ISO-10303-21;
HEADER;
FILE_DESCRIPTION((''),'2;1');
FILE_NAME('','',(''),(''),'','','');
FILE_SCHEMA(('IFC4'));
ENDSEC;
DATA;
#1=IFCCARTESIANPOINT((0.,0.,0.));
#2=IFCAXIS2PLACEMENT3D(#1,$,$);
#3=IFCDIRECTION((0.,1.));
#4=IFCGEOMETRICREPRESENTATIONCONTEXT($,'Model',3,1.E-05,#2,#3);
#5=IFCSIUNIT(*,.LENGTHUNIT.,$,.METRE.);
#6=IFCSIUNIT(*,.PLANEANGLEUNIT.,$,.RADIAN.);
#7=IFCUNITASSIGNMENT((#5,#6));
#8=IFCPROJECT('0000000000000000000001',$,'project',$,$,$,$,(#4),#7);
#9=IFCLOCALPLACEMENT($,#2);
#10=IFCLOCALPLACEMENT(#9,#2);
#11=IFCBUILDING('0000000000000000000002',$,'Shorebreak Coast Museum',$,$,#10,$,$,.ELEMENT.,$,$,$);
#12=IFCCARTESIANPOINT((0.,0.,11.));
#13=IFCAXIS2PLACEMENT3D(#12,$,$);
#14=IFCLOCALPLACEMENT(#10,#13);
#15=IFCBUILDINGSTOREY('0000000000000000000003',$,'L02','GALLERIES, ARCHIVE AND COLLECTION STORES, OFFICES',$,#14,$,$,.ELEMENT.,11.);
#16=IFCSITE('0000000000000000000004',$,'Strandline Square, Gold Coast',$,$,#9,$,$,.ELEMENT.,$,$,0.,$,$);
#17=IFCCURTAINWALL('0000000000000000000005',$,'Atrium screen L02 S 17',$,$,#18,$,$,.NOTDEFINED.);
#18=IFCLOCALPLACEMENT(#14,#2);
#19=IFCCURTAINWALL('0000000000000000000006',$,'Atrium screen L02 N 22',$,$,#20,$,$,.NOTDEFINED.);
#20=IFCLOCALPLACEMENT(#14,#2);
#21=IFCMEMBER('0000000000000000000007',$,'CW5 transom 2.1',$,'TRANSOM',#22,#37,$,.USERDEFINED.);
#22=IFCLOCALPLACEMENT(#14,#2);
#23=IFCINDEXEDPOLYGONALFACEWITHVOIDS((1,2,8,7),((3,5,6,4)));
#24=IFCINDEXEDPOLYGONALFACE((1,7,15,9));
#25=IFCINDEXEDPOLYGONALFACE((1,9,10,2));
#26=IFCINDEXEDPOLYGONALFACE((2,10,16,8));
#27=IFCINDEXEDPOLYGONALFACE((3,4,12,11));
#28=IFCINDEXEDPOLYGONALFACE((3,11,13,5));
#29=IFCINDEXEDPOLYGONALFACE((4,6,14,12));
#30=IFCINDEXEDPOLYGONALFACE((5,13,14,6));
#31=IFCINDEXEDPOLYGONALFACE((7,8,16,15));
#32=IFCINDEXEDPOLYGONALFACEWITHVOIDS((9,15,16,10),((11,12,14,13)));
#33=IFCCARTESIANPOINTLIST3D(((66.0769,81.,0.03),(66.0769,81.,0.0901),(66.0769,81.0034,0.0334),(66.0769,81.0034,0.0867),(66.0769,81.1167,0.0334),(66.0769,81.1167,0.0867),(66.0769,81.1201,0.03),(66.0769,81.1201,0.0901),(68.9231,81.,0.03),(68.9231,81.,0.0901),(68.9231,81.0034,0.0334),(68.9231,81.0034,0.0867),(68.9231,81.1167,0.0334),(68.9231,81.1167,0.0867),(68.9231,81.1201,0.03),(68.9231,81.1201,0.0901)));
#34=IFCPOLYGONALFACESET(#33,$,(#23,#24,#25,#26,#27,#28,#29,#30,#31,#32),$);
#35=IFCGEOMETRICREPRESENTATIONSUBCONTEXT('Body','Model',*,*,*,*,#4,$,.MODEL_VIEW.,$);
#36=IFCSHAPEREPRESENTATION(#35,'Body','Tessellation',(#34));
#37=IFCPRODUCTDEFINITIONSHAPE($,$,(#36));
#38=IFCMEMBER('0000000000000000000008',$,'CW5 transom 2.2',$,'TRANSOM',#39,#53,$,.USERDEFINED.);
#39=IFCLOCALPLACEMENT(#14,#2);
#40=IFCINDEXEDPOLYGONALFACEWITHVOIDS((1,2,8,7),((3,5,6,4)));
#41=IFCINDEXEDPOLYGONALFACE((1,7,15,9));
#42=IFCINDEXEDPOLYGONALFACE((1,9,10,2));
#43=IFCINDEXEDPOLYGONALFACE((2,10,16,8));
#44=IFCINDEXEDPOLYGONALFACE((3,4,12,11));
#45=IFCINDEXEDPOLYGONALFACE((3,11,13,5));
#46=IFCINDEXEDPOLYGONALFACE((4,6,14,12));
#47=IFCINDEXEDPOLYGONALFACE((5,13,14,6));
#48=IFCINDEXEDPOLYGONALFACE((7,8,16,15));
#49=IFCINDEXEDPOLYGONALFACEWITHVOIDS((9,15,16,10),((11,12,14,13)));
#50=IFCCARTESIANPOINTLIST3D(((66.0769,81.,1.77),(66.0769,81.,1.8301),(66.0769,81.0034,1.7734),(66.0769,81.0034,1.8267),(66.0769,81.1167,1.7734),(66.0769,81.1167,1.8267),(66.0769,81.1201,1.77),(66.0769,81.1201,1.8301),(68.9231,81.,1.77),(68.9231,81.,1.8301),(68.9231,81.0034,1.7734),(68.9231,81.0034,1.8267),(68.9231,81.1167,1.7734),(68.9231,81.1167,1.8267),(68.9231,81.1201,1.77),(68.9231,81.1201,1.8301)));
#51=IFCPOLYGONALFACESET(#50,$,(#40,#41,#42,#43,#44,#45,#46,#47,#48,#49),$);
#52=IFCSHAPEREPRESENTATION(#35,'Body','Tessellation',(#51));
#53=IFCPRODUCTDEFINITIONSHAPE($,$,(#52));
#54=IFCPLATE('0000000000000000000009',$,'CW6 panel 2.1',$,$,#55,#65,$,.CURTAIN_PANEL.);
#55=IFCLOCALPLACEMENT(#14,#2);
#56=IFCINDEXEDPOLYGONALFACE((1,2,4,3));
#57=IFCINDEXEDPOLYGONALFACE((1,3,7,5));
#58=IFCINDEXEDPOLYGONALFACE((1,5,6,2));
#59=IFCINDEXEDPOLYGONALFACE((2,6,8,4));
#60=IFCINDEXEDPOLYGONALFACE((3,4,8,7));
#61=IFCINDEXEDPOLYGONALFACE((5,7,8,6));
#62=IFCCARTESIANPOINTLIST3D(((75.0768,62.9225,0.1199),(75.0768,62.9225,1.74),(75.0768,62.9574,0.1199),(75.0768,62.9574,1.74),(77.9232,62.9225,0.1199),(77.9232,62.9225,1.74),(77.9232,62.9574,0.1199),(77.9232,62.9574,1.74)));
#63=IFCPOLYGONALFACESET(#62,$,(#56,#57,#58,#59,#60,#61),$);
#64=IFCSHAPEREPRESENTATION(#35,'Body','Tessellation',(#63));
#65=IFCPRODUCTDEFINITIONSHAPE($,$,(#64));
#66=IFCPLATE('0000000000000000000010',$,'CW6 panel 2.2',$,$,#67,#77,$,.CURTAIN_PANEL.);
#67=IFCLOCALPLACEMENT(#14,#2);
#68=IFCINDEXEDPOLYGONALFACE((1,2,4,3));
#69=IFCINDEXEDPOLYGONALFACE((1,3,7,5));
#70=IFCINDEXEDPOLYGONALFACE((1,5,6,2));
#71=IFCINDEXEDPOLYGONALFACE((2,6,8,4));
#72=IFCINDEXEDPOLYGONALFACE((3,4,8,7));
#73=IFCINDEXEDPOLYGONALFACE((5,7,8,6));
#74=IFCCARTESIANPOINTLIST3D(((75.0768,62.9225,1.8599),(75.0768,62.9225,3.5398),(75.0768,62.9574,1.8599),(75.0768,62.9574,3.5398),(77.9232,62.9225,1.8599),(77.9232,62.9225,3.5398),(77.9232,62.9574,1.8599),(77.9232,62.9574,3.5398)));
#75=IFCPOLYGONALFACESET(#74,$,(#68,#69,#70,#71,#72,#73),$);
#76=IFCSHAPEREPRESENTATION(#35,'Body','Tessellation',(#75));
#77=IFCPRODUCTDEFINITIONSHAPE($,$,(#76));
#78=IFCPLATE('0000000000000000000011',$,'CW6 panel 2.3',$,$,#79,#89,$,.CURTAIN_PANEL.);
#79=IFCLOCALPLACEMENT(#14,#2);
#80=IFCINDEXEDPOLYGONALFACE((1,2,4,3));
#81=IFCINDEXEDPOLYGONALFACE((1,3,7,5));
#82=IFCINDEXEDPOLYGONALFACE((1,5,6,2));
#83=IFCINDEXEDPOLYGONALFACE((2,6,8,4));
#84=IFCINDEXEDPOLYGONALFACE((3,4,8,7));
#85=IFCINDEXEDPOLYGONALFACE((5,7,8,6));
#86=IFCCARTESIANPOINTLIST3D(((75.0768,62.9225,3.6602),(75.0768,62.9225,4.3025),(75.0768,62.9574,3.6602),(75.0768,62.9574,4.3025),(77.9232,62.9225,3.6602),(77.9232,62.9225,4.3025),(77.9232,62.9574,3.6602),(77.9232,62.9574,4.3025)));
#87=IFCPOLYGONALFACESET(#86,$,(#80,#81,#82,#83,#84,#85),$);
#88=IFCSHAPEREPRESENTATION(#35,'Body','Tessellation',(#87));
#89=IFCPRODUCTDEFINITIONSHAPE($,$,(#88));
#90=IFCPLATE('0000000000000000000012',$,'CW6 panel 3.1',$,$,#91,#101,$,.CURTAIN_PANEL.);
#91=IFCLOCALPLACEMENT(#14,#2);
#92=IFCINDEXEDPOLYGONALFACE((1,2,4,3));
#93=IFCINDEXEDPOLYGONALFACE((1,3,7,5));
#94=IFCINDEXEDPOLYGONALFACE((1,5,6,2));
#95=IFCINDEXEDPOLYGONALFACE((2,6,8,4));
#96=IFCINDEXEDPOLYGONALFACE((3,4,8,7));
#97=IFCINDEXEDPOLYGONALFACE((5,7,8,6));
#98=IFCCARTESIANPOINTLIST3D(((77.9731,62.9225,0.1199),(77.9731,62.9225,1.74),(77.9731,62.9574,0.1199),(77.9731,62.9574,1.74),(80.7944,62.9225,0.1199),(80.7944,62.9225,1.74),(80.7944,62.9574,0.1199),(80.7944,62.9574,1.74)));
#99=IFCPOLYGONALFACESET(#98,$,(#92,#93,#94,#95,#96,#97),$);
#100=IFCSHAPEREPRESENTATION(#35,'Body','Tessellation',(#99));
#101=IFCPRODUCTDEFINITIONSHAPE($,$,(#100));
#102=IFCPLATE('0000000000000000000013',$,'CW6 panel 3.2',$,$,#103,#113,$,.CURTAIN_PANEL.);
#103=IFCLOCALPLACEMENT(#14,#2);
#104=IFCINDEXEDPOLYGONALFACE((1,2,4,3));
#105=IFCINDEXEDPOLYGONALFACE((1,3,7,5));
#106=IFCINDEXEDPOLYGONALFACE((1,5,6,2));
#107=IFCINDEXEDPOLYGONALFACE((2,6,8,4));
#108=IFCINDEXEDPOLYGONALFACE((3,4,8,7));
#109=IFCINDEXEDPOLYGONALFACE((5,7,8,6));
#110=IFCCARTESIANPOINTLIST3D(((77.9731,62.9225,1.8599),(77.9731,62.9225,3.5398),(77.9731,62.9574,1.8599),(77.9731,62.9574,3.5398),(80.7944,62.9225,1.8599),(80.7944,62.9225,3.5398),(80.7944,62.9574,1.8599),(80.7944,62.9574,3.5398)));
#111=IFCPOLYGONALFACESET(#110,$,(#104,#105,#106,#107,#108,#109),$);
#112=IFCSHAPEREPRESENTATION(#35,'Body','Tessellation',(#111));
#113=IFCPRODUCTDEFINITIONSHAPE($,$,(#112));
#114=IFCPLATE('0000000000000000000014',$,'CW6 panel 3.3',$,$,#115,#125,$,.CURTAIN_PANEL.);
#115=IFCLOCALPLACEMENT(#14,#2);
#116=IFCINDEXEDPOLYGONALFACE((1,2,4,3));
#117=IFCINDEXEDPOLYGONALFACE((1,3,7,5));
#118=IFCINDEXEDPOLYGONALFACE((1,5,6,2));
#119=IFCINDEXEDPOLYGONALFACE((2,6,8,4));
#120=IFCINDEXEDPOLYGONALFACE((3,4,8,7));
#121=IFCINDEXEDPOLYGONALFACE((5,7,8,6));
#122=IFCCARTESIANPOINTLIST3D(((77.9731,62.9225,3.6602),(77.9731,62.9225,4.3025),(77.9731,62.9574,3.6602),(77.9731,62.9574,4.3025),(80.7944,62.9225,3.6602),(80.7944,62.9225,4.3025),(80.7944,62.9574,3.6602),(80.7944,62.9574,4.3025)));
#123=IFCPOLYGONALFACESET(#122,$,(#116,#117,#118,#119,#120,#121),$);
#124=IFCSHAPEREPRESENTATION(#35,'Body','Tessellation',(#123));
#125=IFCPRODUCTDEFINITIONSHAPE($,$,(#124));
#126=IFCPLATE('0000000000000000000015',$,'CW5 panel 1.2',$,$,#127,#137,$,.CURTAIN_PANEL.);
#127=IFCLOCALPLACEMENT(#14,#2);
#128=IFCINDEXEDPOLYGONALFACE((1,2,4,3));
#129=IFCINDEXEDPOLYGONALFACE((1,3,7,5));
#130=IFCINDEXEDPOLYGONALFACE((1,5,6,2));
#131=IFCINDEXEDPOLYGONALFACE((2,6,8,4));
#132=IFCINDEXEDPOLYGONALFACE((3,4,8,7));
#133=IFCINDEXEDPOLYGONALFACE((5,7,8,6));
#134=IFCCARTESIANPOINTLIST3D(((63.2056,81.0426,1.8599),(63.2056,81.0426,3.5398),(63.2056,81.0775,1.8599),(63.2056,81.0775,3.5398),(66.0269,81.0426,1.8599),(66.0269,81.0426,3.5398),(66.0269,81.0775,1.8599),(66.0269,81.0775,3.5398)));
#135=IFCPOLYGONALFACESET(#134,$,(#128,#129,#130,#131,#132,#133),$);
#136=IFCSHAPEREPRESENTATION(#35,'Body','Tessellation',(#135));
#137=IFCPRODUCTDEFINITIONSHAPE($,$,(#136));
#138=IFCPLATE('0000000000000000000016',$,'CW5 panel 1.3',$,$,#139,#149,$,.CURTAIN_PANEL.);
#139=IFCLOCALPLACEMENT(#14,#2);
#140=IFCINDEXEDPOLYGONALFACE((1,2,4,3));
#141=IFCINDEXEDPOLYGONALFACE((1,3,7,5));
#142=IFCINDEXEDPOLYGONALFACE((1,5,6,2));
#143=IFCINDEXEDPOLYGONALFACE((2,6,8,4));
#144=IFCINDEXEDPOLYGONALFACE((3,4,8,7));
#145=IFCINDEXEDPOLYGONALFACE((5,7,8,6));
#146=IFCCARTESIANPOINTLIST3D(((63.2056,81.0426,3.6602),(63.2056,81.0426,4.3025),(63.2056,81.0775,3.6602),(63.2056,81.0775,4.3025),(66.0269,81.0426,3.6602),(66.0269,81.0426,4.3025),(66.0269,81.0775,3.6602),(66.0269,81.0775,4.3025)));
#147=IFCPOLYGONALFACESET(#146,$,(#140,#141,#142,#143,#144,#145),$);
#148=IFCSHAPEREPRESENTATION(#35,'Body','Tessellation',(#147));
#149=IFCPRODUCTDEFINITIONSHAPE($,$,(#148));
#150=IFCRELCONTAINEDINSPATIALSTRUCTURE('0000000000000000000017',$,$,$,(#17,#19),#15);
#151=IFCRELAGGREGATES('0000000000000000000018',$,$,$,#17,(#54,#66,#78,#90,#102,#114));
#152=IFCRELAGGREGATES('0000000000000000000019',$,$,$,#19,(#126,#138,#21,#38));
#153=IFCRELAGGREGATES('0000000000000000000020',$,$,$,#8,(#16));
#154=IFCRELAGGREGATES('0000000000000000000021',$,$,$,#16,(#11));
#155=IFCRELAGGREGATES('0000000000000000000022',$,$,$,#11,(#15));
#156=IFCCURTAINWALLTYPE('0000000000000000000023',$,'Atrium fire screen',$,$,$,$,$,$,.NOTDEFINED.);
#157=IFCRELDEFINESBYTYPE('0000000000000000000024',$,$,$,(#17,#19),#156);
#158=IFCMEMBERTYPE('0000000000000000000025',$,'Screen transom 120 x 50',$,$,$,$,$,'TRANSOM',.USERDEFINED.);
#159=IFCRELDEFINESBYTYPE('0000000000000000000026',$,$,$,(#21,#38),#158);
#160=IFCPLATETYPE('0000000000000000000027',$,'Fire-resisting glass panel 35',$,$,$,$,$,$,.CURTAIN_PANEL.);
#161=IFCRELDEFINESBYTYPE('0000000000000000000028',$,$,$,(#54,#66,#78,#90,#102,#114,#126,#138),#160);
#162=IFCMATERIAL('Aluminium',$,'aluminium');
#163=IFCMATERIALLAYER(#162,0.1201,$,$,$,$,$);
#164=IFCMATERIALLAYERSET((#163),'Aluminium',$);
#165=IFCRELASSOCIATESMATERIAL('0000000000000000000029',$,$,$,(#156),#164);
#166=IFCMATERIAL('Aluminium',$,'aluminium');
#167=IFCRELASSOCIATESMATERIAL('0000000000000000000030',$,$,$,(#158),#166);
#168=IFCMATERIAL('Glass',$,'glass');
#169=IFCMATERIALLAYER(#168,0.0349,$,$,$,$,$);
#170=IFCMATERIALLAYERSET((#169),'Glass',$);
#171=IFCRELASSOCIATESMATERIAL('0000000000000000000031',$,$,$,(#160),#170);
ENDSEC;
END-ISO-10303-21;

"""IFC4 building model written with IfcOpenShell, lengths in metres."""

from ifc_helpers import new_model, si_unit, direction, frame, origin, origin_2d, place, context, subcontext, project, spatial, rectangle, hollow_rectangle, extrude, material, layer, layer_set, material_profile, profile_set, type_object, element, aggregate, save


model = new_model("IFC4")

# Units and contexts
model_context = context("Model", 3, precision=1e-05, world=origin(), true_north=direction((0.0, 1.0)))
body_context = subcontext(model_context, "Body", "Model", "MODEL_VIEW")
ifc_project = project(units=[si_unit("LENGTHUNIT", "METRE"), si_unit("PLANEANGLEUNIT", "RADIAN")], contexts=[model_context])

# Site, building, storey
site_placement = place(None, origin())
site = spatial("IfcSite", under=ifc_project, at=site_placement, Name="Strandline Square, Gold Coast", CompositionType="ELEMENT", RefElevation=0.0)
building_placement = place(site_placement, origin())
building = spatial("IfcBuilding", under=site, at=building_placement, Name="Shorebreak Coast Museum", CompositionType="ELEMENT")
storey_placement = place(building_placement, frame((0.0, 0.0, 11.0)))
storey = spatial("IfcBuildingStorey", under=building, at=storey_placement, Name="L02", Description="GALLERIES, ARCHIVE AND COLLECTION STORES, OFFICES", CompositionType="ELEMENT", Elevation=11.0)

# Curtain walls
ifc_material_1 = material(Name="Aluminium", Category="aluminium")
ifc_layer_1 = layer(ifc_material_1, 0.1201)
ifc_layer_set_1 = layer_set([ifc_layer_1], Name="Aluminium")
curtain_wall_type = type_object("IfcCurtainWallType", Name="Atrium fire screen", PredefinedType="NOTDEFINED", material=ifc_layer_set_1)
curtain_wall_1_placement = place(storey_placement, origin())
curtain_wall_1 = element("IfcCurtainWall", 1, at=curtain_wall_1_placement, inside=storey, type_object=curtain_wall_type, Name="Atrium screen L02 S 17", PredefinedType="NOTDEFINED")
curtain_wall_2_placement = place(storey_placement, origin())
curtain_wall_2 = element("IfcCurtainWall", 2, at=curtain_wall_2_placement, inside=storey, type_object=curtain_wall_type, Name="Atrium screen L02 N 22", PredefinedType="NOTDEFINED")

# Members
ifc_material_2 = material(Name="Aluminium", Category="aluminium")
ifc_material_profile_1 = material_profile(ifc_material_2, hollow_rectangle(XDim=0.1201, YDim=0.0601, WallThickness=0.0034, at=origin_2d()), Name="AL 60x120 RHS")
ifc_profile_set_1 = profile_set([ifc_material_profile_1], Name="Aluminium")
member_type_1 = type_object("IfcMemberType", Name="Screen transom 120 x 50", ElementType="TRANSOM", PredefinedType="USERDEFINED", material=ifc_profile_set_1)
member_1_placement = place(storey_placement, frame((66.0769, 81.0601, 0.0601), z_axis=(1.0, 0.0, 0.0), x_axis=(0.0, 1.0, 0.0)))
member_1 = element("IfcMember", 3, at=member_1_placement, type_object=member_type_1, Name="CW5 transom 2.1", ObjectType="TRANSOM", PredefinedType="USERDEFINED", context=body_context, shape_type="SweptSolid", body=[
    extrude(hollow_rectangle(XDim=0.1201, YDim=0.0601, WallThickness=0.0034, at=origin_2d()), origin(), (0.0, 0.0, 1.0), 2.8462),
])
member_2_placement = place(storey_placement, frame((66.0769, 81.0601, 1.8), z_axis=(1.0, 0.0, 0.0), x_axis=(0.0, 1.0, 0.0)))
member_2 = element("IfcMember", 4, at=member_2_placement, type_object=member_type_1, Name="CW5 transom 2.2", ObjectType="TRANSOM", PredefinedType="USERDEFINED", context=body_context, shape_type="SweptSolid", body=[
    extrude(hollow_rectangle(XDim=0.1201, YDim=0.0601, WallThickness=0.0034, at=origin_2d()), origin(), (0.0, 0.0, 1.0), 2.8462),
])

# Plates
ifc_material_3 = material(Name="Glass", Category="glass")
ifc_layer_2 = layer(ifc_material_3, 0.0349)
ifc_layer_set_2 = layer_set([ifc_layer_2], Name="Glass")
plate_type = type_object("IfcPlateType", Name="Fire-resisting glass panel 35", PredefinedType="CURTAIN_PANEL", material=ifc_layer_set_2)
plate_1_placement = place(storey_placement, frame((76.5, 62.9399, 0.1199), z_axis=(0.0, 0.0, 1.0), x_axis=(1.0, 0.0, 0.0)))
plate_1 = element("IfcPlate", 5, at=plate_1_placement, type_object=plate_type, Name="CW6 panel 2.1", PredefinedType="CURTAIN_PANEL", context=body_context, shape_type="SweptSolid", body=[
    extrude(rectangle(XDim=2.8464, YDim=0.0349, at=origin_2d()), origin(), (0.0, 0.0, 1.0), 1.6201),
])
plate_2_placement = place(storey_placement, frame((76.5, 62.9399, 1.8599), z_axis=(0.0, 0.0, 1.0), x_axis=(1.0, 0.0, 0.0)))
plate_2 = element("IfcPlate", 6, at=plate_2_placement, type_object=plate_type, Name="CW6 panel 2.2", PredefinedType="CURTAIN_PANEL", context=body_context, shape_type="SweptSolid", body=[
    extrude(rectangle(XDim=2.8464, YDim=0.0349, at=origin_2d()), origin(), (0.0, 0.0, 1.0), 1.6799),
])
plate_3_placement = place(storey_placement, frame((76.5, 62.9399, 3.6602), z_axis=(0.0, 0.0, 1.0), x_axis=(1.0, 0.0, 0.0)))
plate_3 = element("IfcPlate", 7, at=plate_3_placement, type_object=plate_type, Name="CW6 panel 2.3", PredefinedType="CURTAIN_PANEL", context=body_context, shape_type="SweptSolid", body=[
    extrude(rectangle(XDim=2.8464, YDim=0.0349, at=origin_2d()), origin(), (0.0, 0.0, 1.0), 0.6423),
])
plate_4_placement = place(storey_placement, frame((79.3838, 62.9399, 0.1199), z_axis=(0.0, 0.0, 1.0), x_axis=(1.0, 0.0, 0.0)))
plate_4 = element("IfcPlate", 8, at=plate_4_placement, type_object=plate_type, Name="CW6 panel 3.1", PredefinedType="CURTAIN_PANEL", context=body_context, shape_type="SweptSolid", body=[
    extrude(rectangle(XDim=2.8213, YDim=0.0349, at=origin_2d()), origin(), (0.0, 0.0, 1.0), 1.6201),
])
plate_5_placement = place(storey_placement, frame((79.3838, 62.9399, 1.8599), z_axis=(0.0, 0.0, 1.0), x_axis=(1.0, 0.0, 0.0)))
plate_5 = element("IfcPlate", 9, at=plate_5_placement, type_object=plate_type, Name="CW6 panel 3.2", PredefinedType="CURTAIN_PANEL", context=body_context, shape_type="SweptSolid", body=[
    extrude(rectangle(XDim=2.8213, YDim=0.0349, at=origin_2d()), origin(), (0.0, 0.0, 1.0), 1.6799),
])
plate_6_placement = place(storey_placement, frame((79.3838, 62.9399, 3.6602), z_axis=(0.0, 0.0, 1.0), x_axis=(1.0, 0.0, 0.0)))
plate_6 = element("IfcPlate", 10, at=plate_6_placement, type_object=plate_type, Name="CW6 panel 3.3", PredefinedType="CURTAIN_PANEL", context=body_context, shape_type="SweptSolid", body=[
    extrude(rectangle(XDim=2.8213, YDim=0.0349, at=origin_2d()), origin(), (0.0, 0.0, 1.0), 0.6423),
])
aggregate(curtain_wall_1, [plate_1, plate_2, plate_3, plate_4, plate_5, plate_6])
plate_7_placement = place(storey_placement, frame((64.6162, 81.0601, 1.8599), z_axis=(0.0, 0.0, 1.0), x_axis=(1.0, 0.0, 0.0)))
plate_7 = element("IfcPlate", 11, at=plate_7_placement, type_object=plate_type, Name="CW5 panel 1.2", PredefinedType="CURTAIN_PANEL", context=body_context, shape_type="SweptSolid", body=[
    extrude(rectangle(XDim=2.8213, YDim=0.0349, at=origin_2d()), origin(), (0.0, 0.0, 1.0), 1.6799),
])
plate_8_placement = place(storey_placement, frame((64.6162, 81.0601, 3.6602), z_axis=(0.0, 0.0, 1.0), x_axis=(1.0, 0.0, 0.0)))
plate_8 = element("IfcPlate", 12, at=plate_8_placement, type_object=plate_type, Name="CW5 panel 1.3", PredefinedType="CURTAIN_PANEL", context=body_context, shape_type="SweptSolid", body=[
    extrude(rectangle(XDim=2.8213, YDim=0.0349, at=origin_2d()), origin(), (0.0, 0.0, 1.0), 0.6423),
])
aggregate(curtain_wall_2, [plate_7, plate_8, member_1, member_2])

save(model, "model.ifc")
